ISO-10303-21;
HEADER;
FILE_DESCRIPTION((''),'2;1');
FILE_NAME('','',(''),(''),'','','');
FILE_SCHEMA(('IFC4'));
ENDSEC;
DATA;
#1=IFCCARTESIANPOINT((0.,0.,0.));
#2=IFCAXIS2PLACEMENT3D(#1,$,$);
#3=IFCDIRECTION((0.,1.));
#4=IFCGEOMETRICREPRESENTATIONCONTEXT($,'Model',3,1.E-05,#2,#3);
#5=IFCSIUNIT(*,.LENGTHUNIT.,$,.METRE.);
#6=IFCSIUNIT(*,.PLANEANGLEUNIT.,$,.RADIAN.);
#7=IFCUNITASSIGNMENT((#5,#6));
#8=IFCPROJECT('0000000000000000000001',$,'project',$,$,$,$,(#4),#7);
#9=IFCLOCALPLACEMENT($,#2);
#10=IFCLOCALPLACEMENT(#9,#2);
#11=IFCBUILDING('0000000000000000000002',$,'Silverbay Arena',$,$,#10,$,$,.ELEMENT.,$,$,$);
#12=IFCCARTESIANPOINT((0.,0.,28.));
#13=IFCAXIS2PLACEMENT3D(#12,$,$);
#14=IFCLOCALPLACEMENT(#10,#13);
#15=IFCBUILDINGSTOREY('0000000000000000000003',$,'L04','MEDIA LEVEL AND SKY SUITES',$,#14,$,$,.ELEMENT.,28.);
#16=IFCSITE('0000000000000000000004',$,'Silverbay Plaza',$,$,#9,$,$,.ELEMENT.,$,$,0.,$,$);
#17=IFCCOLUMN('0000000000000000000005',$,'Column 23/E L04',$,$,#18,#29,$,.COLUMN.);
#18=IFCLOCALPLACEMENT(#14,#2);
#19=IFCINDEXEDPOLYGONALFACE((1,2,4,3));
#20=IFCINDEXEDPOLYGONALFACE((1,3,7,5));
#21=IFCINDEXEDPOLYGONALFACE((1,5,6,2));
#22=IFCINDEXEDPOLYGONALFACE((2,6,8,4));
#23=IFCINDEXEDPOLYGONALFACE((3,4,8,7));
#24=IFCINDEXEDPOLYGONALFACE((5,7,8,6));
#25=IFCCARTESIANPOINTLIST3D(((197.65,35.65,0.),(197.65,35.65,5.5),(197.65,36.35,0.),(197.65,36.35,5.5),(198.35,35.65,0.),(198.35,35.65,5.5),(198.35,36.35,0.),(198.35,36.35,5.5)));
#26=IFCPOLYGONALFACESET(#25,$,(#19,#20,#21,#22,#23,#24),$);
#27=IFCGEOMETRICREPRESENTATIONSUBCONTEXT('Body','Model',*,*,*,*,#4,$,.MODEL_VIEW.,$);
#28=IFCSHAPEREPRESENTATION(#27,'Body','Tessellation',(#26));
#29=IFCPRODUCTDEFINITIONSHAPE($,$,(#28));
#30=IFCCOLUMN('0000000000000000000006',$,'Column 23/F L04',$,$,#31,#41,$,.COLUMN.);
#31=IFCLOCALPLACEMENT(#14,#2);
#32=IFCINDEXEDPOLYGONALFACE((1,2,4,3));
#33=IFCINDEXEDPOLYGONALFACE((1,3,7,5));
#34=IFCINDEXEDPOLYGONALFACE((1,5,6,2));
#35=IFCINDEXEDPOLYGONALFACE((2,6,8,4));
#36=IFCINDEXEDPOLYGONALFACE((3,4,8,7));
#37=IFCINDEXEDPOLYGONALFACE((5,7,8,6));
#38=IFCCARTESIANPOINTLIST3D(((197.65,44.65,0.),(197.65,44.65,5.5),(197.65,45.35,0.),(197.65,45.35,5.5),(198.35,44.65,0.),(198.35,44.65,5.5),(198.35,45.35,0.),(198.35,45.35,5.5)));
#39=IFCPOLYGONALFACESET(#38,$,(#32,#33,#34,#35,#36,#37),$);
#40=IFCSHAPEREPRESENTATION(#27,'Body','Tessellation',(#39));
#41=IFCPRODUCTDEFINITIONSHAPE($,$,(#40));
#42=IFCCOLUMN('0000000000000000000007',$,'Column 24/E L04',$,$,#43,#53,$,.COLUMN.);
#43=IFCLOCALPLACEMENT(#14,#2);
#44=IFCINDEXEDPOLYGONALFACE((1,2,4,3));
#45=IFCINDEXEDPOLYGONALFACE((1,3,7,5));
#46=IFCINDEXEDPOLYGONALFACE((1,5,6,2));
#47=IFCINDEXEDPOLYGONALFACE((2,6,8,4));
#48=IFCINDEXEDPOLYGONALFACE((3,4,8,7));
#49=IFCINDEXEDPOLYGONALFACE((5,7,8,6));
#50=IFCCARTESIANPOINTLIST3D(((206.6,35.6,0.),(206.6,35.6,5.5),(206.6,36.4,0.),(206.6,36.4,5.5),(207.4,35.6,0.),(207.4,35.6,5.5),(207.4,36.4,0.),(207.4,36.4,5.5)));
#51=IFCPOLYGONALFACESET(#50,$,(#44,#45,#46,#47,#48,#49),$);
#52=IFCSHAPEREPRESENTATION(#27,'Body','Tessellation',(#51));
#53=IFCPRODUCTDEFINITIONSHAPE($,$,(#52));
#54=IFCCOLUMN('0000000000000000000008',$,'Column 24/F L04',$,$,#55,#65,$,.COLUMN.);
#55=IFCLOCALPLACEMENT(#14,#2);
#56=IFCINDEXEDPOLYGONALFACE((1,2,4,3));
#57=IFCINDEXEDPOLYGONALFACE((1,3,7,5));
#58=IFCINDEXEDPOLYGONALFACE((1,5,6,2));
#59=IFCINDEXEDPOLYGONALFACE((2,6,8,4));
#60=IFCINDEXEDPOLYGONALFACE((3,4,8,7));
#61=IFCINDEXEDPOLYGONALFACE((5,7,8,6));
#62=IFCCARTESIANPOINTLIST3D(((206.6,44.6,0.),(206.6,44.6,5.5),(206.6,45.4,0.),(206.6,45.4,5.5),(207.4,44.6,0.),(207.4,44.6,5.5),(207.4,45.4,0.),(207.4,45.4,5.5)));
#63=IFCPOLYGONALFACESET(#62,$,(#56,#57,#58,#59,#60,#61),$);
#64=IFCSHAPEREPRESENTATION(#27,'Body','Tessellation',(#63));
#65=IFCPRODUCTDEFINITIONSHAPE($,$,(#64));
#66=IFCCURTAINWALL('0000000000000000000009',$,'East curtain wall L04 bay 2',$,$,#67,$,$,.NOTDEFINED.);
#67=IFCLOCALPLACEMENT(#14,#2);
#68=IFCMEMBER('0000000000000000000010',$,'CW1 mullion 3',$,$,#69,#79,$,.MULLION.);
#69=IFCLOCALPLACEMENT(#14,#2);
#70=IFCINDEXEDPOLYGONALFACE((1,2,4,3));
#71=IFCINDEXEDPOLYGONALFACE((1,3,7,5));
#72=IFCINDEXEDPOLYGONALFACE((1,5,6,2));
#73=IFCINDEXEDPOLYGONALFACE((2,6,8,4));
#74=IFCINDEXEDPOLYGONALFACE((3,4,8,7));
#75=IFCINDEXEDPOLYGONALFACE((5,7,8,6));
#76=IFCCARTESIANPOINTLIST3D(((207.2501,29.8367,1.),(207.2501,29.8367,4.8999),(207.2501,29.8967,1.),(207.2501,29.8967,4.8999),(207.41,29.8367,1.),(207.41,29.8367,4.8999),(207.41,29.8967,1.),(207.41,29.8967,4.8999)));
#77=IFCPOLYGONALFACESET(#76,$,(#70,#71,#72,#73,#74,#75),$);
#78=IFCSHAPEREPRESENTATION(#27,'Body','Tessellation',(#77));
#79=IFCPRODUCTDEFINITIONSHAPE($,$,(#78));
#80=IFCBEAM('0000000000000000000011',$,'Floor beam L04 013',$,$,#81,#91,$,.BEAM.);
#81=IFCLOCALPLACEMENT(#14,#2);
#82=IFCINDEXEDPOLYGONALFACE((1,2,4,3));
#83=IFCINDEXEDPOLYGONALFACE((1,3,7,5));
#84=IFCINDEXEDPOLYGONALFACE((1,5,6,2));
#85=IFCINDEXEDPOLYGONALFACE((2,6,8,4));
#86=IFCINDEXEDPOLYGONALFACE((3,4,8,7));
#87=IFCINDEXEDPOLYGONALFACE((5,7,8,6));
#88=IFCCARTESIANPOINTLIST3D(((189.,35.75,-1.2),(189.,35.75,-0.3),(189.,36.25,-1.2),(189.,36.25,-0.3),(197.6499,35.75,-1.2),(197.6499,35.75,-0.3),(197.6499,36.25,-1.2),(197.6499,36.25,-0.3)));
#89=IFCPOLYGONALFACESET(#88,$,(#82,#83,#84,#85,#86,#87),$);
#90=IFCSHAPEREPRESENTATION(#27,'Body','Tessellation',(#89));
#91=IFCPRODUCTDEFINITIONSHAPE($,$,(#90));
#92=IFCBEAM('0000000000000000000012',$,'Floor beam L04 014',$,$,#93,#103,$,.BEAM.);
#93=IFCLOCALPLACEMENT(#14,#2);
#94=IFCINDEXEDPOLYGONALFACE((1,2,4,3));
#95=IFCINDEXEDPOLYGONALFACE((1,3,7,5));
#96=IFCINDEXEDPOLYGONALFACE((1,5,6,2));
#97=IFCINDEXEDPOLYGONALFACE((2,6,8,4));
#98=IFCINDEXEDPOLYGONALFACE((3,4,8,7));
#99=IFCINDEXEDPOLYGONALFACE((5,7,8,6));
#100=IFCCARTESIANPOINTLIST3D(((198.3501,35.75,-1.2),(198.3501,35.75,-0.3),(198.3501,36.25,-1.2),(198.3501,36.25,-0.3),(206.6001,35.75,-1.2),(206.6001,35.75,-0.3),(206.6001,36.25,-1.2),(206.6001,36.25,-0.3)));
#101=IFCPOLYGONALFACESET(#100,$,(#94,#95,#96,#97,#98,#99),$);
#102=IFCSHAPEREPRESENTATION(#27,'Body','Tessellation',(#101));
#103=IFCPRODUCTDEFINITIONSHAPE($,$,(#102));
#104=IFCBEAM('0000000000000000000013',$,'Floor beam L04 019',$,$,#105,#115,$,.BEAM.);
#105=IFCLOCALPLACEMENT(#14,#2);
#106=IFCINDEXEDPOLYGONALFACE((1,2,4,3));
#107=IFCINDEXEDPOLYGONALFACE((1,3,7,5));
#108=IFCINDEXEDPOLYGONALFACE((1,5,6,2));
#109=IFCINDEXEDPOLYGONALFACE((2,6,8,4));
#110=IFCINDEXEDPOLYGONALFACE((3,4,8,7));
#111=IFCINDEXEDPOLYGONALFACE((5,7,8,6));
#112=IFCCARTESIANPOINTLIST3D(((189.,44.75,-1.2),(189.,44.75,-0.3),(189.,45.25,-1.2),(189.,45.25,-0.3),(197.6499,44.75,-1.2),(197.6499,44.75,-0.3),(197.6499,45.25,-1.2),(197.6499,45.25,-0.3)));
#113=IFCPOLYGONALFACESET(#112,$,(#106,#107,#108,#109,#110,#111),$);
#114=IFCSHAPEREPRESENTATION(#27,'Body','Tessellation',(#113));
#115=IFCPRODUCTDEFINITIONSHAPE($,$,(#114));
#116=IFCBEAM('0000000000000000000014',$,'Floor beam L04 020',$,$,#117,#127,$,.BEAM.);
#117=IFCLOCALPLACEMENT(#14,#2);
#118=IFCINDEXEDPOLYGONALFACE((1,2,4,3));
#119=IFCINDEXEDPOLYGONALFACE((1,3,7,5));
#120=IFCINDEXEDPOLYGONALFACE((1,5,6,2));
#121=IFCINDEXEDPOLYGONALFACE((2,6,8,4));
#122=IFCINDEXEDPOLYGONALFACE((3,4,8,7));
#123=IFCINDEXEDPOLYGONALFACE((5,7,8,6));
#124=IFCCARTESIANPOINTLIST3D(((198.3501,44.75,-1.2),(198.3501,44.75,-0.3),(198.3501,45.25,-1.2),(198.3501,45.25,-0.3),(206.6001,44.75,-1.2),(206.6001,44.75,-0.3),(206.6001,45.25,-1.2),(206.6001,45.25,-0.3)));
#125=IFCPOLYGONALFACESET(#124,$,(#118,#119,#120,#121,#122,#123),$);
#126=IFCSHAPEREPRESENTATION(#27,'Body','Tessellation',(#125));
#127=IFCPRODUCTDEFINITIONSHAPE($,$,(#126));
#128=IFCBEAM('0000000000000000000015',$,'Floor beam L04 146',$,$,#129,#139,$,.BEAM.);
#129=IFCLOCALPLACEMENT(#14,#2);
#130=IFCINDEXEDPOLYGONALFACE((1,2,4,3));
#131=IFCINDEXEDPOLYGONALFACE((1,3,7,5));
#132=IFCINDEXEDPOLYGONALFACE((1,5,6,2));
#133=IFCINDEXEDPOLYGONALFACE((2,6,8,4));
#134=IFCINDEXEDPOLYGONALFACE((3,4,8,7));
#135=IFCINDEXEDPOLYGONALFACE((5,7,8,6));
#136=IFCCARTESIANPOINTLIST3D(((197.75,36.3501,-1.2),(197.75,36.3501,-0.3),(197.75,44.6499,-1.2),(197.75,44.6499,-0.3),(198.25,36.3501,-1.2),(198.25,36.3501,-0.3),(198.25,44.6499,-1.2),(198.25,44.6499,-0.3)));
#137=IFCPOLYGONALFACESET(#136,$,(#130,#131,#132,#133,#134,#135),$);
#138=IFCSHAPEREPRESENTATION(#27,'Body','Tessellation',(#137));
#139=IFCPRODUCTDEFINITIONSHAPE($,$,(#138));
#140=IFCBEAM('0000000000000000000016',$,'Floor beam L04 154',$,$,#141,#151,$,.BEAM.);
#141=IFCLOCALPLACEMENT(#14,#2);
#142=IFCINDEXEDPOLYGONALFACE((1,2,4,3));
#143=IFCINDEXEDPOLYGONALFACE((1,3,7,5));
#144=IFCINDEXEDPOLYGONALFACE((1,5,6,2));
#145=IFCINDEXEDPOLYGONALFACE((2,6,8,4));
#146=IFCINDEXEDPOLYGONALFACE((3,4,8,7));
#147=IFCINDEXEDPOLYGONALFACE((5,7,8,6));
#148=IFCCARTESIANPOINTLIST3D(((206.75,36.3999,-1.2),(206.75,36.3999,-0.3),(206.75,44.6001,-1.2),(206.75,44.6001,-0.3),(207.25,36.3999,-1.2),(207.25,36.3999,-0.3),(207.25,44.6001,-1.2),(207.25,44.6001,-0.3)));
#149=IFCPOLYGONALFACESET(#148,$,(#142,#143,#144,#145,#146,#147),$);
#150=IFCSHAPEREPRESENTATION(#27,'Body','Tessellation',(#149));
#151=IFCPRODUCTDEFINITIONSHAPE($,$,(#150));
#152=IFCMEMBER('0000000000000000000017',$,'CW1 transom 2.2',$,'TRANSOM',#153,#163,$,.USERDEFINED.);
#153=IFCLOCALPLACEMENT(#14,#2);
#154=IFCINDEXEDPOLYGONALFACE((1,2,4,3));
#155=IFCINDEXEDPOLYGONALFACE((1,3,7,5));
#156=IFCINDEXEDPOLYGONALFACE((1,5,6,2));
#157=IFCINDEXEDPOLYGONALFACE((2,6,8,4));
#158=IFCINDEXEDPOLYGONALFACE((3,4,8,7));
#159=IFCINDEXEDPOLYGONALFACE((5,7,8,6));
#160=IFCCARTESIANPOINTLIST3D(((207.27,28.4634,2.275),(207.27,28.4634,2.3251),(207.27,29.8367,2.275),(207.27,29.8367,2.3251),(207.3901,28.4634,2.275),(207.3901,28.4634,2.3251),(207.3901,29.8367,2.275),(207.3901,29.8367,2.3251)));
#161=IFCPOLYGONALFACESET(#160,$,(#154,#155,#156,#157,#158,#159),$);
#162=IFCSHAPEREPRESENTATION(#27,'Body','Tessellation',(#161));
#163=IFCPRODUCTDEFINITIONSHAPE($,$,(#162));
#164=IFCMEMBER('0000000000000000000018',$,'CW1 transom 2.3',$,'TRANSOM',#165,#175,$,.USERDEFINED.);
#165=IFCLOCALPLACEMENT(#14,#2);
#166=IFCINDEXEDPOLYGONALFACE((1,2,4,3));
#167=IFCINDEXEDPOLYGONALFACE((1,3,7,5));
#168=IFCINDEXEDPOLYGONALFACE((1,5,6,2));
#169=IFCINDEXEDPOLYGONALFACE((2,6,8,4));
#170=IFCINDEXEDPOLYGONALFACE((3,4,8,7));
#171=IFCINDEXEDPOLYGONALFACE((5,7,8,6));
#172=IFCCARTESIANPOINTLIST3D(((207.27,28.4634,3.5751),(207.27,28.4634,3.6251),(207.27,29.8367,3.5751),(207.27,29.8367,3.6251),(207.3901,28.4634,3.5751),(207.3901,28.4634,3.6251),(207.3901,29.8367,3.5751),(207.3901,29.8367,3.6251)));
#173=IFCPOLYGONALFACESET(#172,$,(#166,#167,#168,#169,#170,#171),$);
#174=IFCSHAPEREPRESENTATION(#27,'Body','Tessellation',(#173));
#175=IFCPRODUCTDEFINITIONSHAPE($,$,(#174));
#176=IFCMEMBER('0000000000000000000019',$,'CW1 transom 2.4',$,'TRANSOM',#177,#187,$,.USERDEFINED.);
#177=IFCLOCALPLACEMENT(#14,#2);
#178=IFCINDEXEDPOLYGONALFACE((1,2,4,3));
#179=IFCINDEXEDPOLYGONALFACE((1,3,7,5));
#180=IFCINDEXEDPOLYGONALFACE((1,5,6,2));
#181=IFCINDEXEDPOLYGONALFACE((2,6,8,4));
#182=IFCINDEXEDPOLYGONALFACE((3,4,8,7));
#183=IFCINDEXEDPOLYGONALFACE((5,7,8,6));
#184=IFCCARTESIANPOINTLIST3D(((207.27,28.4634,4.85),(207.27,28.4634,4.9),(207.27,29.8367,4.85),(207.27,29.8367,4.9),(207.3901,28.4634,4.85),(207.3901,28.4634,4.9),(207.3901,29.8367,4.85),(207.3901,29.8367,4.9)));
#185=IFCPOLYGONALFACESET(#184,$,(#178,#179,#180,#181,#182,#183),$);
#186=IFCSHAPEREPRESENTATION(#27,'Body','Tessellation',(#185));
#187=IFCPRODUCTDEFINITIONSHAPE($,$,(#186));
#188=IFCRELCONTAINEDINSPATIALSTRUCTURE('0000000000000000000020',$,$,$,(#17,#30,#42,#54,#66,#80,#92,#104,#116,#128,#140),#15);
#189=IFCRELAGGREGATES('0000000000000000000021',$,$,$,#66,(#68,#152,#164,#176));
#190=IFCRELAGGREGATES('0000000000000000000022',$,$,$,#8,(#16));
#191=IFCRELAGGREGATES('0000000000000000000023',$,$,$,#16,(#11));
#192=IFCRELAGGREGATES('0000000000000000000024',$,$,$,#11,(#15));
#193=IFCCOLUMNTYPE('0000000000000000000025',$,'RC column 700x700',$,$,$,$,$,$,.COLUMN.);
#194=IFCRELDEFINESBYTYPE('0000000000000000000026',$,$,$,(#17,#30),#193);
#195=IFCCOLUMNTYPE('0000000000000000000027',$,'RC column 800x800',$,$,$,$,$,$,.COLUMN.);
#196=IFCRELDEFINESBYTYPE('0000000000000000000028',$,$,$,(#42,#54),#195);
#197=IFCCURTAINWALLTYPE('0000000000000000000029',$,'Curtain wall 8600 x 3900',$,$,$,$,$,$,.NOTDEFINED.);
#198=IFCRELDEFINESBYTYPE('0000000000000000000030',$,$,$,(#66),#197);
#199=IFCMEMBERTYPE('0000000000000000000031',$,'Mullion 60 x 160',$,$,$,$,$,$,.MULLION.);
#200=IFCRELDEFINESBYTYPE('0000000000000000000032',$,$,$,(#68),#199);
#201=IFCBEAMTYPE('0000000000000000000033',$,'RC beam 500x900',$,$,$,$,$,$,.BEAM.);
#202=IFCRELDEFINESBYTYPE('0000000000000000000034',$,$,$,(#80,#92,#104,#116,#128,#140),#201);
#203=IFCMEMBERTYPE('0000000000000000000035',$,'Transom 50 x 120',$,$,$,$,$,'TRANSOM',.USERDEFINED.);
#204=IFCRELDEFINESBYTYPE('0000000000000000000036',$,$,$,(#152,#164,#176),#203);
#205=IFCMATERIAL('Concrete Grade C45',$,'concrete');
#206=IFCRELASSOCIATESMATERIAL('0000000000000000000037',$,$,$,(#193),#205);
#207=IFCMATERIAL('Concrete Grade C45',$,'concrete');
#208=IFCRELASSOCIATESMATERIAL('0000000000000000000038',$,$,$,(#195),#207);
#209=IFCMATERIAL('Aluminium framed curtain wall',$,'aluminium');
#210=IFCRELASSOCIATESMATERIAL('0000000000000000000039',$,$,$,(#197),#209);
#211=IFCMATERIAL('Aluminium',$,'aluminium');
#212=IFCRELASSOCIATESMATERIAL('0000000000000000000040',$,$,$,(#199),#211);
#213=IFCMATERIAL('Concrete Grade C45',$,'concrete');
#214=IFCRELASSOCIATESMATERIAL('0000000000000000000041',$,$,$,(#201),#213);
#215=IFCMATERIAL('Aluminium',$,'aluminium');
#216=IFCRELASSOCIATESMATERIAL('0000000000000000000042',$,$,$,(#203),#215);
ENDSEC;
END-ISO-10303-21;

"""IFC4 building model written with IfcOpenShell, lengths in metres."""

from ifc_helpers import new_model, si_unit, direction, frame, origin, origin_2d, place, context, subcontext, project, spatial, rectangle, extrude, material, material_profile, profile_set, type_object, element, aggregate, save


model = new_model("IFC4")

# Units and contexts
model_context = context("Model", 3, precision=1e-05, world=origin(), true_north=direction((0.0, 1.0)))
body_context = subcontext(model_context, "Body", "Model", "MODEL_VIEW")
ifc_project = project(units=[si_unit("LENGTHUNIT", "METRE"), si_unit("PLANEANGLEUNIT", "RADIAN")], contexts=[model_context])

# Site, building, storey
site_placement = place(None, origin())
site = spatial("IfcSite", under=ifc_project, at=site_placement, Name="Silverbay Plaza", CompositionType="ELEMENT", RefElevation=0.0)
building_placement = place(site_placement, origin())
building = spatial("IfcBuilding", under=site, at=building_placement, Name="Silverbay Arena", CompositionType="ELEMENT")
storey_placement = place(building_placement, frame((0.0, 0.0, 28.0)))
storey = spatial("IfcBuildingStorey", under=building, at=storey_placement, Name="L04", Description="MEDIA LEVEL AND SKY SUITES", CompositionType="ELEMENT", Elevation=28.0)

# Columns
ifc_material_1 = material(Name="Concrete Grade C45", Category="concrete")
ifc_material_profile_1 = material_profile(ifc_material_1, rectangle(XDim=0.7, YDim=0.7, at=origin_2d()), Name="RC 700x700")
ifc_profile_set_1 = profile_set([ifc_material_profile_1], Name="Concrete Grade C45")
column_type_1 = type_object("IfcColumnType", Name="RC column 700x700", PredefinedType="COLUMN", material=ifc_profile_set_1)
for number, where, z_axis, x_axis, name in (
    (1, (198.0, 36.0, 0.0), (0.0, 0.0, 1.0), (1.0, 0.0, 0.0), "Column 23/E L04"),
    (2, (198.0, 45.0, 0.0), (0.0, 0.0, 1.0), (1.0, 0.0, 0.0), "Column 23/F L04"),
):
    element("IfcColumn", number, at=place(storey_placement, frame(where, z_axis=z_axis, x_axis=x_axis)), inside=storey, type_object=column_type_1, Name=name, PredefinedType="COLUMN", context=body_context, shape_type="SweptSolid", body=[
        extrude(rectangle(XDim=0.7, YDim=0.7, at=origin_2d()), origin(), (0.0, 0.0, 1.0), 5.5),
    ])
ifc_material_2 = material(Name="Concrete Grade C45", Category="concrete")
ifc_material_profile_2 = material_profile(ifc_material_2, rectangle(XDim=0.8, YDim=0.8, at=origin_2d()), Name="RC 800x800")
ifc_profile_set_2 = profile_set([ifc_material_profile_2], Name="Concrete Grade C45")
column_type_2 = type_object("IfcColumnType", Name="RC column 800x800", PredefinedType="COLUMN", material=ifc_profile_set_2)
for number, where, z_axis, x_axis, name in (
    (3, (207.0, 36.0, 0.0), (0.0, 0.0, 1.0), (1.0, 0.0, 0.0), "Column 24/E L04"),
    (4, (207.0, 45.0, 0.0), (0.0, 0.0, 1.0), (1.0, 0.0, 0.0), "Column 24/F L04"),
):
    element("IfcColumn", number, at=place(storey_placement, frame(where, z_axis=z_axis, x_axis=x_axis)), inside=storey, type_object=column_type_2, Name=name, PredefinedType="COLUMN", context=body_context, shape_type="SweptSolid", body=[
        extrude(rectangle(XDim=0.8, YDim=0.8, at=origin_2d()), origin(), (0.0, 0.0, 1.0), 5.5),
    ])

# Curtain wall, member
ifc_material_3 = material(Name="Aluminium framed curtain wall", Category="aluminium")
curtain_wall_type = type_object("IfcCurtainWallType", Name="Curtain wall 8600 x 3900", PredefinedType="NOTDEFINED", material=ifc_material_3)
curtain_wall_placement = place(storey_placement, origin())
curtain_wall = element("IfcCurtainWall", 5, at=curtain_wall_placement, inside=storey, type_object=curtain_wall_type, Name="East curtain wall L04 bay 2", PredefinedType="NOTDEFINED")
ifc_material_4 = material(Name="Aluminium", Category="aluminium")
ifc_material_profile_3 = material_profile(ifc_material_4, rectangle(XDim=0.1599, YDim=0.0601, at=origin_2d()), Name="Mullion 60 x 160")
ifc_profile_set_3 = profile_set([ifc_material_profile_3], Name="Aluminium")
member_type_1 = type_object("IfcMemberType", Name="Mullion 60 x 160", PredefinedType="MULLION", material=ifc_profile_set_3)
member_1_placement = place(storey_placement, frame((207.3301, 29.8667, 1.0), z_axis=(0.0, 0.0, 1.0), x_axis=(-1.0, 0.0, 0.0)))
member_1 = element("IfcMember", 6, at=member_1_placement, type_object=member_type_1, Name="CW1 mullion 3", PredefinedType="MULLION", context=body_context, shape_type="SweptSolid", body=[
    extrude(rectangle(XDim=0.1599, YDim=0.0601, at=origin_2d()), origin(), (0.0, 0.0, 1.0), 3.8999),
])

# Beams
ifc_material_5 = material(Name="Concrete Grade C45", Category="concrete")
ifc_material_profile_4 = material_profile(ifc_material_5, rectangle(XDim=0.5, YDim=0.8999, at=origin_2d()), Name="RC 500x900")
ifc_profile_set_4 = profile_set([ifc_material_profile_4], Name="Concrete Grade C45")
beam_type = type_object("IfcBeamType", Name="RC beam 500x900", PredefinedType="BEAM", material=ifc_profile_set_4)
beam_1_placement = place(storey_placement, frame((189.0, 36.0, -0.75), z_axis=(1.0, 0.0, 0.0), x_axis=(0.0, 1.0, 0.0)))
element("IfcBeam", 7, at=beam_1_placement, inside=storey, type_object=beam_type, Name="Floor beam L04 013", PredefinedType="BEAM", context=body_context, shape_type="SweptSolid", body=[
    extrude(rectangle(XDim=0.5, YDim=0.8999, at=origin_2d()), origin(), (0.0, 0.0, 1.0), 8.6499),
])
beam_2_placement = place(storey_placement, frame((198.3501, 36.0, -0.75), z_axis=(1.0, 0.0, 0.0), x_axis=(0.0, 1.0, 0.0)))
element("IfcBeam", 8, at=beam_2_placement, inside=storey, type_object=beam_type, Name="Floor beam L04 014", PredefinedType="BEAM", context=body_context, shape_type="SweptSolid", body=[
    extrude(rectangle(XDim=0.5, YDim=0.8999, at=origin_2d()), origin(), (0.0, 0.0, 1.0), 8.25),
])
beam_3_placement = place(storey_placement, frame((189.0, 45.0, -0.75), z_axis=(1.0, 0.0, 0.0), x_axis=(0.0, 1.0, 0.0)))
element("IfcBeam", 9, at=beam_3_placement, inside=storey, type_object=beam_type, Name="Floor beam L04 019", PredefinedType="BEAM", context=body_context, shape_type="SweptSolid", body=[
    extrude(rectangle(XDim=0.5, YDim=0.8999, at=origin_2d()), origin(), (0.0, 0.0, 1.0), 8.6499),
])
beam_4_placement = place(storey_placement, frame((198.3501, 45.0, -0.75), z_axis=(1.0, 0.0, 0.0), x_axis=(0.0, 1.0, 0.0)))
element("IfcBeam", 10, at=beam_4_placement, inside=storey, type_object=beam_type, Name="Floor beam L04 020", PredefinedType="BEAM", context=body_context, shape_type="SweptSolid", body=[
    extrude(rectangle(XDim=0.5, YDim=0.8999, at=origin_2d()), origin(), (0.0, 0.0, 1.0), 8.25),
])
beam_5_placement = place(storey_placement, frame((198.0, 36.3501, -0.75), z_axis=(0.0, 1.0, 0.0), x_axis=(-1.0, 0.0, 0.0)))
element("IfcBeam", 11, at=beam_5_placement, inside=storey, type_object=beam_type, Name="Floor beam L04 146", PredefinedType="BEAM", context=body_context, shape_type="SweptSolid", body=[
    extrude(rectangle(XDim=0.5, YDim=0.8999, at=origin_2d()), origin(), (0.0, 0.0, 1.0), 8.2998),
])
beam_6_placement = place(storey_placement, frame((207.0, 36.3999, -0.75), z_axis=(0.0, 1.0, 0.0), x_axis=(-1.0, 0.0, 0.0)))
element("IfcBeam", 12, at=beam_6_placement, inside=storey, type_object=beam_type, Name="Floor beam L04 154", PredefinedType="BEAM", context=body_context, shape_type="SweptSolid", body=[
    extrude(rectangle(XDim=0.5, YDim=0.8999, at=origin_2d()), origin(), (0.0, 0.0, 1.0), 8.2002),
])

# Members
ifc_material_6 = material(Name="Aluminium", Category="aluminium")
ifc_material_profile_5 = material_profile(ifc_material_6, rectangle(XDim=0.1201, YDim=0.05, at=origin_2d()), Name="Transom 50 x 120")
ifc_profile_set_5 = profile_set([ifc_material_profile_5], Name="Aluminium")
member_type_2 = type_object("IfcMemberType", Name="Transom 50 x 120", ElementType="TRANSOM", PredefinedType="USERDEFINED", material=ifc_profile_set_5)
member_2_placement = place(storey_placement, frame((207.3301, 28.4634, 2.3), z_axis=(0.0, 1.0, 0.0), x_axis=(-1.0, 0.0, 0.0)))
member_2 = element("IfcMember", 13, at=member_2_placement, type_object=member_type_2, Name="CW1 transom 2.2", ObjectType="TRANSOM", PredefinedType="USERDEFINED", context=body_context, shape_type="SweptSolid", body=[
    extrude(rectangle(XDim=0.1201, YDim=0.05, at=origin_2d()), origin(), (0.0, 0.0, 1.0), 1.3733),
])
member_3_placement = place(storey_placement, frame((207.3301, 28.4634, 3.6001), z_axis=(0.0, 1.0, 0.0), x_axis=(-1.0, 0.0, 0.0)))
member_3 = element("IfcMember", 14, at=member_3_placement, type_object=member_type_2, Name="CW1 transom 2.3", ObjectType="TRANSOM", PredefinedType="USERDEFINED", context=body_context, shape_type="SweptSolid", body=[
    extrude(rectangle(XDim=0.1201, YDim=0.05, at=origin_2d()), origin(), (0.0, 0.0, 1.0), 1.3733),
])
member_4_placement = place(storey_placement, frame((207.3301, 28.4634, 4.875), z_axis=(0.0, 1.0, 0.0), x_axis=(-1.0, 0.0, 0.0)))
member_4 = element("IfcMember", 15, at=member_4_placement, type_object=member_type_2, Name="CW1 transom 2.4", ObjectType="TRANSOM", PredefinedType="USERDEFINED", context=body_context, shape_type="SweptSolid", body=[
    extrude(rectangle(XDim=0.1201, YDim=0.05, at=origin_2d()), origin(), (0.0, 0.0, 1.0), 1.3733),
])

aggregate(curtain_wall, [member_1, member_2, member_3, member_4])

save(model, "model.ifc")
